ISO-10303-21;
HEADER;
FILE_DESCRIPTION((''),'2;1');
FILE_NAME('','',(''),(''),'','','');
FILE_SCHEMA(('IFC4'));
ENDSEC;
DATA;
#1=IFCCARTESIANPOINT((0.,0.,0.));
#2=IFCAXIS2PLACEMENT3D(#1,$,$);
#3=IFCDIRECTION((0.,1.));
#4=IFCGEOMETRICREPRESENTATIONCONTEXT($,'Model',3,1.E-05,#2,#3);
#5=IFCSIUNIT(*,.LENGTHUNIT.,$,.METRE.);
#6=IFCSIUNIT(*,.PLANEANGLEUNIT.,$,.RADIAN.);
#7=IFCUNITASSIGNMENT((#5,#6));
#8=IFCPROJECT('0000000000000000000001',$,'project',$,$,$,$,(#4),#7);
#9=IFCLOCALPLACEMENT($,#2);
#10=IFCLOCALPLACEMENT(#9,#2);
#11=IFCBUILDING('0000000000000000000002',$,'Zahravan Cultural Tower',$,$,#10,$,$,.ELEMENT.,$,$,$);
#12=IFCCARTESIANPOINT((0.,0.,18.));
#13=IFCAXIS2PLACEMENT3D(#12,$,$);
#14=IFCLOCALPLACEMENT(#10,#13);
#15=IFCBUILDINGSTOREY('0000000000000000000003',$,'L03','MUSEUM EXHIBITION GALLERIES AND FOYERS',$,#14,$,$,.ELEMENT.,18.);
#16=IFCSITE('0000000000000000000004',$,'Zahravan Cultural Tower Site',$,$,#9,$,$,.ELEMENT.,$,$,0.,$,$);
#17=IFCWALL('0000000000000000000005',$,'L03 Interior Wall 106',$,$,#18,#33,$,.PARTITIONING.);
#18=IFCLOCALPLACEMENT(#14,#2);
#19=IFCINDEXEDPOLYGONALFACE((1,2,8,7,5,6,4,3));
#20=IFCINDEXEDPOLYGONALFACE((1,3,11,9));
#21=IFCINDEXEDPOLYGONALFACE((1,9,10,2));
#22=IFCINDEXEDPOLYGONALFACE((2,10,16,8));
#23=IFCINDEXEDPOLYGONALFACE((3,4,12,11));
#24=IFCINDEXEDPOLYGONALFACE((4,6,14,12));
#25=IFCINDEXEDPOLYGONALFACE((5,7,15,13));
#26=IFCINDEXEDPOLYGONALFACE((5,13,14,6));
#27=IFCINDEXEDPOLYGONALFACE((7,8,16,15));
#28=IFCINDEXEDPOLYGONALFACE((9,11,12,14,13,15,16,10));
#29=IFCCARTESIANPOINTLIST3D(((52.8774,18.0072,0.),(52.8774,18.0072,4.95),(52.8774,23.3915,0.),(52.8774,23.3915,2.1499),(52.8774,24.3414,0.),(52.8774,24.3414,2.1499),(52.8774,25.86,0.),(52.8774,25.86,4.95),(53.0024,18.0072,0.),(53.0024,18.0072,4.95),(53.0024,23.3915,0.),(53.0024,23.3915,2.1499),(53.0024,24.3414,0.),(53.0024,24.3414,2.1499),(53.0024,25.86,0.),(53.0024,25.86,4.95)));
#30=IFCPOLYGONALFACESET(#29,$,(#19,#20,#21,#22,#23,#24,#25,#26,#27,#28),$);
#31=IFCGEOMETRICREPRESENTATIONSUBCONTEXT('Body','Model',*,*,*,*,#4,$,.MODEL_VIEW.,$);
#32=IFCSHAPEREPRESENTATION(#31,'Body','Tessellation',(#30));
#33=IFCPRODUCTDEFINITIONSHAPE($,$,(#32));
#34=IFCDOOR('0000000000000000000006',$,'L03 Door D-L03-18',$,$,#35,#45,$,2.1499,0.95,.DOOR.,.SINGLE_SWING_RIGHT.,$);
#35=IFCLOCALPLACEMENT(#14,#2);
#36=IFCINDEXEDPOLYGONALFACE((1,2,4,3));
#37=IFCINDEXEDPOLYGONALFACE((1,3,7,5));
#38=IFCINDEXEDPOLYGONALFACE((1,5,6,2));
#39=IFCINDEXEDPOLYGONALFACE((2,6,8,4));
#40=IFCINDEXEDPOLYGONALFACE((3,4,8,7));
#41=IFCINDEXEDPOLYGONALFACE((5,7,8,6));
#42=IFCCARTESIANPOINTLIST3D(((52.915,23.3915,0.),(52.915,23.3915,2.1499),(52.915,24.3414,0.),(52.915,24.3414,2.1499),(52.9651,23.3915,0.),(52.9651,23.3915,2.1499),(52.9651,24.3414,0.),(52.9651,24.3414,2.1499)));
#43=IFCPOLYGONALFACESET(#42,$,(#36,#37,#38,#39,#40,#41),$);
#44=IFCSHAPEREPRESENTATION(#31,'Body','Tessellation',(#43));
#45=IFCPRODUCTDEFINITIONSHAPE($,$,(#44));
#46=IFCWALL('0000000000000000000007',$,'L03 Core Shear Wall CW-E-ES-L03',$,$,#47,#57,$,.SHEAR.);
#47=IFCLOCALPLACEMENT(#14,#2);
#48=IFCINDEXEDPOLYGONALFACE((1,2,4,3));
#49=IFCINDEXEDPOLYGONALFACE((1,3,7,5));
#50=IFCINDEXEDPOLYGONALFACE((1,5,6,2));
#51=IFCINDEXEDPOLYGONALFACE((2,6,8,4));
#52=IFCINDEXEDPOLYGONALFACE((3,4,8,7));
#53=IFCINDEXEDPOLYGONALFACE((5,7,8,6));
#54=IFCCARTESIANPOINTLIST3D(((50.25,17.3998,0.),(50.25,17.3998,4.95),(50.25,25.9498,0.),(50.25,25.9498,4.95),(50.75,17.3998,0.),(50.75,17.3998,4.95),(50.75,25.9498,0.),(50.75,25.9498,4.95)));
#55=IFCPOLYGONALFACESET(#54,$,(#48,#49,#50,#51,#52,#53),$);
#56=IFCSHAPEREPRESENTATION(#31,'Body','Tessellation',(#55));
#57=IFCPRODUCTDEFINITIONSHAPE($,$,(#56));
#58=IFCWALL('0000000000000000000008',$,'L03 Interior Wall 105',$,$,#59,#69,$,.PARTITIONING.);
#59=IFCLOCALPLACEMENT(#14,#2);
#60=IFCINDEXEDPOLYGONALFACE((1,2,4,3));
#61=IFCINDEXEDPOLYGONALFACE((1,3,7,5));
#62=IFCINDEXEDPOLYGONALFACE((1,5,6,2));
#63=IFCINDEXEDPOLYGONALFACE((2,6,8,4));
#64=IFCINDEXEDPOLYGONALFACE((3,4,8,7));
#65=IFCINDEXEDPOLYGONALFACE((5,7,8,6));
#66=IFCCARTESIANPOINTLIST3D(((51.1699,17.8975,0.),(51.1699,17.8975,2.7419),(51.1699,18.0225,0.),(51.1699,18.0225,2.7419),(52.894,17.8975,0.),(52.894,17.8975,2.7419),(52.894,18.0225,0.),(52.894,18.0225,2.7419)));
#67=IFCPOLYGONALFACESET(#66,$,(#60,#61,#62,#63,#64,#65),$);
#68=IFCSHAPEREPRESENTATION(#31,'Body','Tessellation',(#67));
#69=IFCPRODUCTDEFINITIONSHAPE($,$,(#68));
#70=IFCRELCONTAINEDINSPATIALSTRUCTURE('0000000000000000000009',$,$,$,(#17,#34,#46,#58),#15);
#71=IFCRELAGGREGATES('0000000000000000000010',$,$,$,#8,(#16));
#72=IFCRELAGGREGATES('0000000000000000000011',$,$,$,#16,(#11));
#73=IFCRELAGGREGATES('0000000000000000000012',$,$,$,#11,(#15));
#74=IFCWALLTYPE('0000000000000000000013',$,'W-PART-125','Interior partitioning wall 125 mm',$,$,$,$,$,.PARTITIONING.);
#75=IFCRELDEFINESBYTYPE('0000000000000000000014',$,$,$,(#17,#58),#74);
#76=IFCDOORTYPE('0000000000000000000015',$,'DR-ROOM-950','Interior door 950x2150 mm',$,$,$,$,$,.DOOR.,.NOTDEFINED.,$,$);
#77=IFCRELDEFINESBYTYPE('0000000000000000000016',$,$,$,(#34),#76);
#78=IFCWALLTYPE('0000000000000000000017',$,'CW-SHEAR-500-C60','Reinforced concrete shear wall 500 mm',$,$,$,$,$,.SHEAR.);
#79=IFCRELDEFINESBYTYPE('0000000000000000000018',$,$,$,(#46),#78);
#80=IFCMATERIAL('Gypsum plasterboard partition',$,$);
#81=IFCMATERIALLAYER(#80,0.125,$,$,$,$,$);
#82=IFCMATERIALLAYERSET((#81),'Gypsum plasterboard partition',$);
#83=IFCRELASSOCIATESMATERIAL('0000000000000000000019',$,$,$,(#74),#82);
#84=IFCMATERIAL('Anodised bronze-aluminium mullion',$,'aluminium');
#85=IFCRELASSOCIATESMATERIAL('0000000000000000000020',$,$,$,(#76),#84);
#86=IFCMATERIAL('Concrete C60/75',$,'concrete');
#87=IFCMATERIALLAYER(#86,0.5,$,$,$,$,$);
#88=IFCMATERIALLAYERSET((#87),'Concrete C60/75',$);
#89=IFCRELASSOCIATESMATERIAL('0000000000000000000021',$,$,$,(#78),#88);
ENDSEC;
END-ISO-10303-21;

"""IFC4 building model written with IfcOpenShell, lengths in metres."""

from ifc_helpers import new_model, si_unit, direction, frame, frame_2d, origin, place, context, subcontext, project, spatial, rectangle, extrude, source, transform, mapped, material, layer, layer_set, type_object, element, fill, save


model = new_model("IFC4")

# Units and contexts
model_context = context("Model", 3, precision=1e-05, world=origin(), true_north=direction((0.0, 1.0)))
body_context = subcontext(model_context, "Body", "Model", "MODEL_VIEW")
ifc_project = project(units=[si_unit("LENGTHUNIT", "METRE"), si_unit("PLANEANGLEUNIT", "RADIAN")], contexts=[model_context])

# Site, building, storey
site_placement = place(None, origin())
site = spatial("IfcSite", under=ifc_project, at=site_placement, Name="Zahravan Cultural Tower Site", CompositionType="ELEMENT", RefElevation=0.0)
building_placement = place(site_placement, origin())
building = spatial("IfcBuilding", under=site, at=building_placement, Name="Zahravan Cultural Tower", CompositionType="ELEMENT")
storey_placement = place(building_placement, frame((0.0, 0.0, 18.0)))
storey = spatial("IfcBuildingStorey", under=building, at=storey_placement, Name="L03", Description="MUSEUM EXHIBITION GALLERIES AND FOYERS", CompositionType="ELEMENT", Elevation=18.0)

# Shared definitions
ifc_material_1 = material(Name="Anodised bronze-aluminium mullion", Category="aluminium")

# Wall, opening, door
ifc_material_2 = material(Name="Gypsum plasterboard partition")
ifc_layer_1 = layer(ifc_material_2, 0.125)
ifc_layer_set_1 = layer_set([ifc_layer_1], Name="Gypsum plasterboard partition")
wall_type_1 = type_object("IfcWallType", Name="W-PART-125", Description="Interior partitioning wall 125 mm", PredefinedType="PARTITIONING", material=ifc_layer_set_1)
wall_1_placement = place(storey_placement, frame((52.9399, 18.0073, 0.0), z_axis=(0.0, 0.0, 1.0), x_axis=(0.0, 1.0, 0.0)))
wall_1 = element("IfcWall", 1, at=wall_1_placement, inside=storey, type_object=wall_type_1, Name="L03 Interior Wall 106", PredefinedType="PARTITIONING", context=body_context, shape_type="SweptSolid", body=[
    extrude(rectangle(XDim=7.8528, YDim=0.125, at=frame_2d((3.9263, 0.0))), origin(), (0.0, 0.0, 1.0), 4.95),
])
opening_placement = place(wall_1_placement, frame((5.384, 0.0, 0.0)))
opening = element("IfcOpeningElement", 2, at=opening_placement, cuts=wall_1, PredefinedType="OPENING", context=body_context, shape_type="SweptSolid", body=[
    extrude(rectangle(XDim=0.95, YDim=2.1499, at=frame_2d((0.4751, 1.075))), frame((0.0, 0.0725, 0.0), z_axis=(0.0, -1.0, 0.0), x_axis=(1.0, 0.0, 0.0)), (0.0, 0.0, 1.0), 0.145),
])
door_type = type_object("IfcDoorType", Name="DR-ROOM-950", Description="Interior door 950x2150 mm", OperationType="NOTDEFINED", PredefinedType="DOOR", material=ifc_material_1)
shared_shape_1 = source(origin(), body_context, "Body", "SweptSolid", [
    extrude(rectangle(XDim=0.95, YDim=2.1499, at=frame_2d((0.4751, 1.075))), frame((0.0, 0.0249, 0.0), z_axis=(0.0, -1.0, 0.0), x_axis=(1.0, 0.0, 0.0)), (0.0, 0.0, 1.0), 0.05),
])
door_placement = place(opening_placement, origin())
door = element("IfcDoor", 3, at=door_placement, inside=storey, type_object=door_type, Name="L03 Door D-L03-18", OperationType="SINGLE_SWING_RIGHT", OverallHeight=2.1499, OverallWidth=0.95, PredefinedType="DOOR", context=body_context, shape_type="MappedRepresentation", body=[
    mapped(shared_shape_1, transform((0.0, 0.0, 0.0), x_axis=(1.0, 0.0, 0.0), y_axis=(0.0, 1.0, 0.0), z_axis=(0.0, 0.0, 1.0), scale=1.0)),
])
fill(opening, door)

# Walls
ifc_material_3 = material(Name="Concrete C60/75", Category="concrete")
ifc_layer_2 = layer(ifc_material_3, 0.5)
ifc_layer_set_2 = layer_set([ifc_layer_2], Name="Concrete C60/75")
wall_type_2 = type_object("IfcWallType", Name="CW-SHEAR-500-C60", Description="Reinforced concrete shear wall 500 mm", PredefinedType="SHEAR", material=ifc_layer_set_2)
shared_shape_2 = source(origin(), body_context, "Body", "SweptSolid", [
    extrude(rectangle(XDim=8.55, YDim=0.5, at=frame_2d((4.2749, 0.0))), origin(), (0.0, 0.0, 1.0), 4.95),
])
wall_2_placement = place(storey_placement, frame((50.5, 17.3999, 0.0), z_axis=(0.0, 0.0, 1.0), x_axis=(0.0, 1.0, 0.0)))
element("IfcWall", 4, at=wall_2_placement, inside=storey, type_object=wall_type_2, Name="L03 Core Shear Wall CW-E-ES-L03", PredefinedType="SHEAR", context=body_context, shape_type="MappedRepresentation", body=[
    mapped(shared_shape_2, transform((0.0, 0.0, 0.0), x_axis=(1.0, 0.0, 0.0), y_axis=(0.0, 1.0, 0.0), z_axis=(0.0, 0.0, 1.0), scale=1.0)),
])
shared_shape_3 = source(origin(), body_context, "Body", "SweptSolid", [
    extrude(rectangle(XDim=1.7241, YDim=0.125, at=frame_2d((0.8621, 0.0))), origin(), (0.0, 0.0, 1.0), 2.7419),
])
wall_3_placement = place(storey_placement, frame((51.1699, 17.96, 0.0), z_axis=(0.0, 0.0, 1.0), x_axis=(1.0, 0.0, 0.0)))
element("IfcWall", 5, at=wall_3_placement, inside=storey, type_object=wall_type_1, Name="L03 Interior Wall 105", PredefinedType="PARTITIONING", context=body_context, shape_type="MappedRepresentation", body=[
    mapped(shared_shape_3, transform((0.0, 0.0, 0.0), x_axis=(1.0, 0.0, 0.0), y_axis=(0.0, 1.0, 0.0), z_axis=(0.0, 0.0, 1.0), scale=1.0)),
])

save(model, "model.ifc")
